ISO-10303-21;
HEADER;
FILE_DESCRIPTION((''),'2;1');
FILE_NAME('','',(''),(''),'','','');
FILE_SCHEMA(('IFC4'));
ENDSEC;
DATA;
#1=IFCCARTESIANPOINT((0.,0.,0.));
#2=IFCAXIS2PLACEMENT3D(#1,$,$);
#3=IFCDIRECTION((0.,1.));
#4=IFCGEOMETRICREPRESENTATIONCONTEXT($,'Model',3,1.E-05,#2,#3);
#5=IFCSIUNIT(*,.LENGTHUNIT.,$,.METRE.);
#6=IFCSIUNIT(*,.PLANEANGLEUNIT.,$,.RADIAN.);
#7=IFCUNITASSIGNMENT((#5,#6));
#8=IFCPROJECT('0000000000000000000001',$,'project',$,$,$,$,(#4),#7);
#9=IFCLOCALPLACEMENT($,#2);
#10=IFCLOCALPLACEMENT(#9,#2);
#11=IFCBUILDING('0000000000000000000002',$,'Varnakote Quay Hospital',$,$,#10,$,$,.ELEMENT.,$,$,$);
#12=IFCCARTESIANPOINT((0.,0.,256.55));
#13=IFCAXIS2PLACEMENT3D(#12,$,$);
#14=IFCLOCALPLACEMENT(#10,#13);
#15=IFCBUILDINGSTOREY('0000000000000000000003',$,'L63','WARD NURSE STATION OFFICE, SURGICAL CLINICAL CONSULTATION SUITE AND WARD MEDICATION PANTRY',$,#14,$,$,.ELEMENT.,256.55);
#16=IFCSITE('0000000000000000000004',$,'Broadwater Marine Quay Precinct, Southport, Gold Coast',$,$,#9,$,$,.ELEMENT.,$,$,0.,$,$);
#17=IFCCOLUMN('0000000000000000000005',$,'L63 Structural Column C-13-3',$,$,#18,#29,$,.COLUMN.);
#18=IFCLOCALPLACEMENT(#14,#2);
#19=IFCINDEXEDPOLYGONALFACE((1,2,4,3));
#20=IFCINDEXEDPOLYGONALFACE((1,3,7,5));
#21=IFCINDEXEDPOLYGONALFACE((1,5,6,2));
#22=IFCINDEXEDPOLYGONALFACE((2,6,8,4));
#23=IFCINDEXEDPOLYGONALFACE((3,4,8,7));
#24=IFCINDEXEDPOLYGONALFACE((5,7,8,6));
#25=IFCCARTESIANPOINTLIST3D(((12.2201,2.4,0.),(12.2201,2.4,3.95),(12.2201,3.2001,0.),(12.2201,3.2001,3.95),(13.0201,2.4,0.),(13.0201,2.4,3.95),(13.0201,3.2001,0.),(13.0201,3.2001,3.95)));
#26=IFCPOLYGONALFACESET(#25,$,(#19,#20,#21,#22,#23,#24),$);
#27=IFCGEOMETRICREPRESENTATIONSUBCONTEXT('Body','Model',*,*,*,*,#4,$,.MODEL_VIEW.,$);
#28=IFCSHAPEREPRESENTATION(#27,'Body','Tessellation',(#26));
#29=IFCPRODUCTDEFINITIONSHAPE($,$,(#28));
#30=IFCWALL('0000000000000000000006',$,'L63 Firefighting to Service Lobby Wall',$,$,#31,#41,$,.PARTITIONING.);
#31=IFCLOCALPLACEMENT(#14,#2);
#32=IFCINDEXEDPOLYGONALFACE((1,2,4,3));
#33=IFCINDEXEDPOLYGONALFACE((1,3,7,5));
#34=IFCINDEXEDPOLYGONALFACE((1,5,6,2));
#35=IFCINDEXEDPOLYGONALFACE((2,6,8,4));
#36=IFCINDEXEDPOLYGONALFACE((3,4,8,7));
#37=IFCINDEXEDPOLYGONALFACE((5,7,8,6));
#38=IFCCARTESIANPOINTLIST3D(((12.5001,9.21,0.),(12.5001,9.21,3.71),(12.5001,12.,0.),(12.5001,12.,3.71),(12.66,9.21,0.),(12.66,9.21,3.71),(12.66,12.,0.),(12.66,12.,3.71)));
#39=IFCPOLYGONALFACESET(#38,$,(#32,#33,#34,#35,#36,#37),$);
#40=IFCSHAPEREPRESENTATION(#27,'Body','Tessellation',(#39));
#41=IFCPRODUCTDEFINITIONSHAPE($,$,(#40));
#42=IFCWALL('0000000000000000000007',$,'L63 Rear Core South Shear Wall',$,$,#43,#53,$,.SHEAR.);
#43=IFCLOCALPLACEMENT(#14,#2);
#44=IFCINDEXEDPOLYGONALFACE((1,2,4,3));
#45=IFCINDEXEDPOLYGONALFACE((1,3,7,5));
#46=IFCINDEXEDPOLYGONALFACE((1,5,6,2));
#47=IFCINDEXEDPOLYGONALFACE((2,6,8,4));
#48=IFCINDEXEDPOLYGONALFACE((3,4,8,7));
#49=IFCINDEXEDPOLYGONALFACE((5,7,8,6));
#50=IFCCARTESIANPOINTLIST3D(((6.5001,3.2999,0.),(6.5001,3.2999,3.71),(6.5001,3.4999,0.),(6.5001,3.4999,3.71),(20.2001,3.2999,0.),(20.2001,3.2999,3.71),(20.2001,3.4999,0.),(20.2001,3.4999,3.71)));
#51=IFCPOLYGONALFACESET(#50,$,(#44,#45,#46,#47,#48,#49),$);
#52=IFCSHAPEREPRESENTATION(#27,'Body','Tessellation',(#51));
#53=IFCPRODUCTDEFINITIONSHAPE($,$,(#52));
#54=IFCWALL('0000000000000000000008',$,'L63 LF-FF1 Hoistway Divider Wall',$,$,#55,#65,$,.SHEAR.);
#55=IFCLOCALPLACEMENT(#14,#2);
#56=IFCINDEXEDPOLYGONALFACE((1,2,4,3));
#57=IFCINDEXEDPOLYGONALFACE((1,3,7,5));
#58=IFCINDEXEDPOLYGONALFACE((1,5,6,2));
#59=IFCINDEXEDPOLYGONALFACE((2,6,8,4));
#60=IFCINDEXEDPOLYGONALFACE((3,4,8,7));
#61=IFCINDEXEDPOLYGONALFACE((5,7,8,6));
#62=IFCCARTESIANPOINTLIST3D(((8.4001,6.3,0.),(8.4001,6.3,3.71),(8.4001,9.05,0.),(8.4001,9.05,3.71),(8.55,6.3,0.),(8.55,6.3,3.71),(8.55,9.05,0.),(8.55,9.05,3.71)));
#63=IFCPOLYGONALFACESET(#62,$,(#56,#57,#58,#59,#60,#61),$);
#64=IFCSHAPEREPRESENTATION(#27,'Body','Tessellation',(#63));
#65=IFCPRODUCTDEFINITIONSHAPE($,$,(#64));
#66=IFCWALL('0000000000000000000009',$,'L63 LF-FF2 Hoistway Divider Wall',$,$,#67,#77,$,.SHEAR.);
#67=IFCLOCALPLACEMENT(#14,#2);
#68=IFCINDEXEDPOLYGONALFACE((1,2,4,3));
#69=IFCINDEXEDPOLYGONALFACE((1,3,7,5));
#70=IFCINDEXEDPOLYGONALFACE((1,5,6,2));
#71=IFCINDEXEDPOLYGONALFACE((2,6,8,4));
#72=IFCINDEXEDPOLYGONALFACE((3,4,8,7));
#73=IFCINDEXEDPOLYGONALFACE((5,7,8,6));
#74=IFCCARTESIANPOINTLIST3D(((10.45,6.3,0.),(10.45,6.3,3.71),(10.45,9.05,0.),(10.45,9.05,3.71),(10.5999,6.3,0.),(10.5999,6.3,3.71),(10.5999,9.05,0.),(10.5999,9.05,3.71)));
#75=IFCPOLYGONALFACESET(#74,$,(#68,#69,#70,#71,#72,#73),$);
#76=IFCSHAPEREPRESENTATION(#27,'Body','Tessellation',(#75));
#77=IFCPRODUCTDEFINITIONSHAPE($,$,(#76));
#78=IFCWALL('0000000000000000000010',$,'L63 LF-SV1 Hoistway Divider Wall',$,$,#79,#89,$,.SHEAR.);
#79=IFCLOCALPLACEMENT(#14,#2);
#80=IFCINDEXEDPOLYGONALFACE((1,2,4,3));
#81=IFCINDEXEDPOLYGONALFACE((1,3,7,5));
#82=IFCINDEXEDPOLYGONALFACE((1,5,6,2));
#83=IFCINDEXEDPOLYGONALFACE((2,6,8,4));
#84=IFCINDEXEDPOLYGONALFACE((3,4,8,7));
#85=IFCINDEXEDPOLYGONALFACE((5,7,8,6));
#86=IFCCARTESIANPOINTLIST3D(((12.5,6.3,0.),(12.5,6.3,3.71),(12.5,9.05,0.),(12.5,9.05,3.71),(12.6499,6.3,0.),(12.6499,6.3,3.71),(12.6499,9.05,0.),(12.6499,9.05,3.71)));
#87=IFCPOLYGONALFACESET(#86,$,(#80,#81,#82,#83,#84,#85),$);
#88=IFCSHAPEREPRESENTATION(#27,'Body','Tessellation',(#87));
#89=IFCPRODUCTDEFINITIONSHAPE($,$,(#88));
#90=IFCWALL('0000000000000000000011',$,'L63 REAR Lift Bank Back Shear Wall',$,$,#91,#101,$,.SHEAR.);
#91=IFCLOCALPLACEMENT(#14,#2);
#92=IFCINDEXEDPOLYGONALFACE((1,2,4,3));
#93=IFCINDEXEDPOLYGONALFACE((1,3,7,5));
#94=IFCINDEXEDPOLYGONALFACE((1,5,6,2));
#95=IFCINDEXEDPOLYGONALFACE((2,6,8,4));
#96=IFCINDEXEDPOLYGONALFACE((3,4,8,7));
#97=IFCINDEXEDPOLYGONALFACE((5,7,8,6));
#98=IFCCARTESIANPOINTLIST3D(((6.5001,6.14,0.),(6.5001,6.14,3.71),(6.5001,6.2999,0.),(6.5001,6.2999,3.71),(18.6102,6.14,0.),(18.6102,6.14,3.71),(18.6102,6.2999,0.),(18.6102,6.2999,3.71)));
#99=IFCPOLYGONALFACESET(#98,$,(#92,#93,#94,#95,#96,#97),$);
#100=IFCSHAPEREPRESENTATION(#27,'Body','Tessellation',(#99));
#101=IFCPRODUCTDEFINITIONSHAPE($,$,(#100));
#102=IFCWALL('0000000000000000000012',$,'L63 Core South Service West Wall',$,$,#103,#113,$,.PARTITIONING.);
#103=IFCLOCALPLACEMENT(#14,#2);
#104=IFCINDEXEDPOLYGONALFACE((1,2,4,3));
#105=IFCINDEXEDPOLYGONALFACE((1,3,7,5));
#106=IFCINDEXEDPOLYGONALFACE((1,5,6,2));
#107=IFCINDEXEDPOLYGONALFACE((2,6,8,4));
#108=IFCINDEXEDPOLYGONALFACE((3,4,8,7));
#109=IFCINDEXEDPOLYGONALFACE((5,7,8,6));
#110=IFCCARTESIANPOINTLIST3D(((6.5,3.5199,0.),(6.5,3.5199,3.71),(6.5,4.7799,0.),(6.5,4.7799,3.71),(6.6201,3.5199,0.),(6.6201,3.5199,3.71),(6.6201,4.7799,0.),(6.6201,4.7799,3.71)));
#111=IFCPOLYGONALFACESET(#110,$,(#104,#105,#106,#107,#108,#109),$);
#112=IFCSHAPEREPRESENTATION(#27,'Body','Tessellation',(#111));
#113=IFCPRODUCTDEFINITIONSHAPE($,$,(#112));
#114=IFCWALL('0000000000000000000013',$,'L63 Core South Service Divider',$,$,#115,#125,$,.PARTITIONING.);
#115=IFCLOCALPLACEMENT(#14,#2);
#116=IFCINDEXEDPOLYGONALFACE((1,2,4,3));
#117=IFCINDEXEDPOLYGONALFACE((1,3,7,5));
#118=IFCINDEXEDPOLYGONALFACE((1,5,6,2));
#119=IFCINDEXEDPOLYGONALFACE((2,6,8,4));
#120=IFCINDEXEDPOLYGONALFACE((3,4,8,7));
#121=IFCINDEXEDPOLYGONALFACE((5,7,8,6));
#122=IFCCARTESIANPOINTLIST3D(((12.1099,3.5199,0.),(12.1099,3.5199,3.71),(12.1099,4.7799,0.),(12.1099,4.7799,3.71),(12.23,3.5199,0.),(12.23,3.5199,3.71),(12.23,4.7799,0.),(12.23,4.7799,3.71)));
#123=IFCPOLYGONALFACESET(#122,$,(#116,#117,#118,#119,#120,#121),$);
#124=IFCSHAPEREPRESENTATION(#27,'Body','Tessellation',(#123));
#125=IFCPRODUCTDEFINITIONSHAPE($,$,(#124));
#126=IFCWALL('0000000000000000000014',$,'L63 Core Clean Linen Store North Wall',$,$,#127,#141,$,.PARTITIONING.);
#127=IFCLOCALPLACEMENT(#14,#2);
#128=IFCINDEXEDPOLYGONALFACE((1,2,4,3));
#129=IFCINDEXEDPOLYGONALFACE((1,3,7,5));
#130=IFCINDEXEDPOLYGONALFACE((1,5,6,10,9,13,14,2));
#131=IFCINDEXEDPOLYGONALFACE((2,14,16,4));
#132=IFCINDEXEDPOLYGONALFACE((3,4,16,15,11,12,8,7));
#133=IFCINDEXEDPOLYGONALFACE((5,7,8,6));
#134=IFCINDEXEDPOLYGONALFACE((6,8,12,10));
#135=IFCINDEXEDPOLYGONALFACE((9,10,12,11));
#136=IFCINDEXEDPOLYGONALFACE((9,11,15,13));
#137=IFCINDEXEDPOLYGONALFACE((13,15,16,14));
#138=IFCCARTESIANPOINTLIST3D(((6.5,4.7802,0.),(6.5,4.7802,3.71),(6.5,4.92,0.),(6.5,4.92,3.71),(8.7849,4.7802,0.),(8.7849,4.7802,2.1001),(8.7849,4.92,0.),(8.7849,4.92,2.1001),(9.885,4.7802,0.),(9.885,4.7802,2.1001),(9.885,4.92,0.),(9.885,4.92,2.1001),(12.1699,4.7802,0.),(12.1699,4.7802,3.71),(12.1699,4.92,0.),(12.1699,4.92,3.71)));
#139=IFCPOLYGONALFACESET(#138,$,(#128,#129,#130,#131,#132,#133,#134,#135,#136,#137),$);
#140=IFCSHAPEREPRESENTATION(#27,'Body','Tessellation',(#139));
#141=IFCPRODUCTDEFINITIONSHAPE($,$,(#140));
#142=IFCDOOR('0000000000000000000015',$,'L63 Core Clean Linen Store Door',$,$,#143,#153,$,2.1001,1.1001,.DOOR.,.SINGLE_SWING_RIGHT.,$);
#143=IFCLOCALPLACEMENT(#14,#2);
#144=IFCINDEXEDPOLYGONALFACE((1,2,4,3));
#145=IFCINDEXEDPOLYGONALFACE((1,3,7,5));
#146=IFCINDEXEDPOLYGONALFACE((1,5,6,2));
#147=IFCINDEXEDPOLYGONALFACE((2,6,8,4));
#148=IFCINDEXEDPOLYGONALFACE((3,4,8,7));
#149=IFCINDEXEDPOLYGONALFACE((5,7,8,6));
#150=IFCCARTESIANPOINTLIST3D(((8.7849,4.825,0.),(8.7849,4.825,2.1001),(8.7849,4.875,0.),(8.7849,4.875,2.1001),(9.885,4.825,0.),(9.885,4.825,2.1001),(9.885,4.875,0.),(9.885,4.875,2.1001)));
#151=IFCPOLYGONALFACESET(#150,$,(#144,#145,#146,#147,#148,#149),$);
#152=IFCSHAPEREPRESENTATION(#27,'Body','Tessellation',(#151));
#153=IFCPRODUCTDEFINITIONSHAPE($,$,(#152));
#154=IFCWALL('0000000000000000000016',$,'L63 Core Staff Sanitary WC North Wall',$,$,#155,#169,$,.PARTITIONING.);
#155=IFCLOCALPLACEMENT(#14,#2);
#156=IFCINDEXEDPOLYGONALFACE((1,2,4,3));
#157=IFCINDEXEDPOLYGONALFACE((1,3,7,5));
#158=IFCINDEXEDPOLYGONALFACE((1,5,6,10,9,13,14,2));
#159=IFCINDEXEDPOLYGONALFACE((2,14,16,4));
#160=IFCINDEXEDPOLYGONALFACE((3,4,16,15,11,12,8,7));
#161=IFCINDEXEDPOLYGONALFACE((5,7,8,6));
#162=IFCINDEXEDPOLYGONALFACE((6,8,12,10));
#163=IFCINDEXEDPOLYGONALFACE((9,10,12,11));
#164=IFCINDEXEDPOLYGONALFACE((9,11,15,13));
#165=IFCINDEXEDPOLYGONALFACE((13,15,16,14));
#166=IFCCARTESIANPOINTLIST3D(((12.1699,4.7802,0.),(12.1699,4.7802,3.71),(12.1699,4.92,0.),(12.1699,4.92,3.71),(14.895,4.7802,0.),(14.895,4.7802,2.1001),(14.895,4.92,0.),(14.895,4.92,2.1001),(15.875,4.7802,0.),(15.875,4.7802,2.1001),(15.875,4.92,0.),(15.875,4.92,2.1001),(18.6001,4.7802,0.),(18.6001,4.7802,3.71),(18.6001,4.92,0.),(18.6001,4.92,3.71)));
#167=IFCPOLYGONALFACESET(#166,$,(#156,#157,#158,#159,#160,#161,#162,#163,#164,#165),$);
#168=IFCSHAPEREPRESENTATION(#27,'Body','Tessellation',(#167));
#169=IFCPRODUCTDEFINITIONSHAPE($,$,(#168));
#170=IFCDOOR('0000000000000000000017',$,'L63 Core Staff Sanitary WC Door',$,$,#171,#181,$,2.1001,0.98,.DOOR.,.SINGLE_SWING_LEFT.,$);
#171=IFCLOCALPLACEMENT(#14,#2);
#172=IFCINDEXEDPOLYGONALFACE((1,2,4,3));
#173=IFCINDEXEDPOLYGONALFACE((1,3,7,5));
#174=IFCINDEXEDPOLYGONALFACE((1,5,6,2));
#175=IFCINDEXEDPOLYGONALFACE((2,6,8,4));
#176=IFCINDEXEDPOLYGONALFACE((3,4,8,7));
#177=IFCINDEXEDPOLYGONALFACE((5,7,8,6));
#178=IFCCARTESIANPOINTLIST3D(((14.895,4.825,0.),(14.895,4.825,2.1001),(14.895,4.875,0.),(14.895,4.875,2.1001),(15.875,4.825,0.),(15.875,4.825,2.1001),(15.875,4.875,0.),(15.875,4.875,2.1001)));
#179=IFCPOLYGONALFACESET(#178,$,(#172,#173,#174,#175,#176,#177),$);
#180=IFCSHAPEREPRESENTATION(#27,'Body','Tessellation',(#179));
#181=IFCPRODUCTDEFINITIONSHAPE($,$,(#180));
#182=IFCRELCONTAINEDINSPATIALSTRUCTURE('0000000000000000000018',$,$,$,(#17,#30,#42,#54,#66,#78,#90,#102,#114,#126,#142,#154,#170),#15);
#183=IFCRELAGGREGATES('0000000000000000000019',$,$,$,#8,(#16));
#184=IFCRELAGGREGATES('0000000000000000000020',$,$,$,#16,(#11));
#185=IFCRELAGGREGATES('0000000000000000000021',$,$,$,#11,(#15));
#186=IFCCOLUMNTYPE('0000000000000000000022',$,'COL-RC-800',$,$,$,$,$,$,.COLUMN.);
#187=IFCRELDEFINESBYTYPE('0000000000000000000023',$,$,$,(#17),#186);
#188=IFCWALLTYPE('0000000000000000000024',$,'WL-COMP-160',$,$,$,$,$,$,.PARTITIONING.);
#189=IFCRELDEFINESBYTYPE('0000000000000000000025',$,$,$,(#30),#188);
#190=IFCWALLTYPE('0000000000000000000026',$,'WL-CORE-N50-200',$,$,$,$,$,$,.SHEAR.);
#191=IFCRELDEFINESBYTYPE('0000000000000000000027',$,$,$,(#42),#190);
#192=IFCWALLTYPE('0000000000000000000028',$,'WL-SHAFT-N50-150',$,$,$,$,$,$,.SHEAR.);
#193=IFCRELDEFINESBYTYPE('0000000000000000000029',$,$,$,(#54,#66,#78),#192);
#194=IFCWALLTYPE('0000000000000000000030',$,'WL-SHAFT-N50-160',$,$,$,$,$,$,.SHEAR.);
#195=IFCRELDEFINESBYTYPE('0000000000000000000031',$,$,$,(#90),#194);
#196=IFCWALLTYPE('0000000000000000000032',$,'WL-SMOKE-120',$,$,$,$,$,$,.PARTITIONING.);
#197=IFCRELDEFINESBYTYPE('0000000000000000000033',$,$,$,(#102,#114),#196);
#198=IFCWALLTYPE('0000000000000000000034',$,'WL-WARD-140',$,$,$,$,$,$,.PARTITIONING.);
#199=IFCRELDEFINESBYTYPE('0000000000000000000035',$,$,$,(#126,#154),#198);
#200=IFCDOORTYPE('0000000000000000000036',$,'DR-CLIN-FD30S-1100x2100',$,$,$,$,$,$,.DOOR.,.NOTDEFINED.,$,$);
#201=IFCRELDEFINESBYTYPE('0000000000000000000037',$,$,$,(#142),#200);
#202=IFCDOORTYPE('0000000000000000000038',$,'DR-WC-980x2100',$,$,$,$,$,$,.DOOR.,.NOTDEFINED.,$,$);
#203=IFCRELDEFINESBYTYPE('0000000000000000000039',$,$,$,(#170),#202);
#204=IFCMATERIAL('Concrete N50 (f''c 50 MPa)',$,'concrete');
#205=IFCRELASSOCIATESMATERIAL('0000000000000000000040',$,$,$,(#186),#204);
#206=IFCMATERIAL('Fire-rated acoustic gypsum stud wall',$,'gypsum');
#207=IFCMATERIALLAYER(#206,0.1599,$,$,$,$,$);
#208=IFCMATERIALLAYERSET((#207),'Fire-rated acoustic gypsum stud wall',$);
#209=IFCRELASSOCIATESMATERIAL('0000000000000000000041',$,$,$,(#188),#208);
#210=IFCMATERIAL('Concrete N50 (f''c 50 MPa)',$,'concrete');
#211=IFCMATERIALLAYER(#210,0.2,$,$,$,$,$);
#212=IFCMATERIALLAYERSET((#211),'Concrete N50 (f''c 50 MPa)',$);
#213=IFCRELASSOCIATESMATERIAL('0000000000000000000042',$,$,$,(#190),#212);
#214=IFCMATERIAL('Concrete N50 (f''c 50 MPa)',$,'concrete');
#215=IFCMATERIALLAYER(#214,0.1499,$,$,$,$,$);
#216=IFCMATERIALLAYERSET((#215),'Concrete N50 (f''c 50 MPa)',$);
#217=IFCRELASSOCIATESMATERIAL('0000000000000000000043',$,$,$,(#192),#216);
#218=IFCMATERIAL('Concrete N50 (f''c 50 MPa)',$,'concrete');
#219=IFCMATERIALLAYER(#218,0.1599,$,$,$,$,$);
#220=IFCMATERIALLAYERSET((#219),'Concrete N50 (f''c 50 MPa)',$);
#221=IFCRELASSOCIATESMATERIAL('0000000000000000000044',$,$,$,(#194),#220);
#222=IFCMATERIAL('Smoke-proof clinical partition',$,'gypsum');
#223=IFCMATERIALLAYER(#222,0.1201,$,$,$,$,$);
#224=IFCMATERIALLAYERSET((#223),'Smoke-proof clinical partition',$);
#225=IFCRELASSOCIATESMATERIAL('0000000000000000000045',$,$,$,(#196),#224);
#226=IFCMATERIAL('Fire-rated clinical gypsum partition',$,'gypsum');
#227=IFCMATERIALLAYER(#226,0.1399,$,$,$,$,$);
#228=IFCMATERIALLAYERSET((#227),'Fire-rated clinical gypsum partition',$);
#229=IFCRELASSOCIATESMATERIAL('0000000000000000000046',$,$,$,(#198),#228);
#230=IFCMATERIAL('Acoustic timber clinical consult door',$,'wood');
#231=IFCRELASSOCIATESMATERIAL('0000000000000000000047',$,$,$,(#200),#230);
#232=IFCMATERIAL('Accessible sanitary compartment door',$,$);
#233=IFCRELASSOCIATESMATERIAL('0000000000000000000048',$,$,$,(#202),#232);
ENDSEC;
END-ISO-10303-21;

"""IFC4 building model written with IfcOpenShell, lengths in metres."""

from ifc_helpers import new_model, si_unit, direction, frame, frame_2d, origin, origin_2d, place, context, subcontext, project, spatial, rectangle, extrude, material, layer, layer_set, material_profile, profile_set, type_object, element, fill, save


model = new_model("IFC4")

# Units and contexts
model_context = context("Model", 3, precision=1e-05, world=origin(), true_north=direction((0.0, 1.0)))
body_context = subcontext(model_context, "Body", "Model", "MODEL_VIEW")
ifc_project = project(units=[si_unit("LENGTHUNIT", "METRE"), si_unit("PLANEANGLEUNIT", "RADIAN")], contexts=[model_context])

# Site, building, storey
site_placement = place(None, origin())
site = spatial("IfcSite", under=ifc_project, at=site_placement, Name="Broadwater Marine Quay Precinct, Southport, Gold Coast", CompositionType="ELEMENT", RefElevation=0.0)
building_placement = place(site_placement, origin())
building = spatial("IfcBuilding", under=site, at=building_placement, Name="Varnakote Quay Hospital", CompositionType="ELEMENT")
storey_placement = place(building_placement, frame((0.0, 0.0, 256.55)))
storey = spatial("IfcBuildingStorey", under=building, at=storey_placement, Name="L63", Description="WARD NURSE STATION OFFICE, SURGICAL CLINICAL CONSULTATION SUITE AND WARD MEDICATION PANTRY", CompositionType="ELEMENT", Elevation=256.55)

# Column
ifc_material_1 = material(Name="Concrete N50 (f'c 50 MPa)", Category="concrete")
ifc_material_profile = material_profile(ifc_material_1, rectangle(XDim=0.8, YDim=0.8, at=origin_2d()), Name="RC-COL-800x800")
ifc_profile_set = profile_set([ifc_material_profile], Name="Concrete N50 (f'c 50 MPa)")
column_type = type_object("IfcColumnType", Name="COL-RC-800", PredefinedType="COLUMN", material=ifc_profile_set)
column_placement = place(storey_placement, frame((12.6201, 2.8, 0.0), z_axis=(0.0, 0.0, 1.0), x_axis=(1.0, 0.0, 0.0)))
element("IfcColumn", 1, at=column_placement, inside=storey, type_object=column_type, Name="L63 Structural Column C-13-3", PredefinedType="COLUMN", context=body_context, shape_type="SweptSolid", body=[
    extrude(rectangle(XDim=0.8, YDim=0.8, at=origin_2d()), origin(), (0.0, 0.0, 1.0), 3.95),
])

# Walls
ifc_material_2 = material(Name="Fire-rated acoustic gypsum stud wall", Category="gypsum")
ifc_layer_1 = layer(ifc_material_2, 0.1599)
ifc_layer_set_1 = layer_set([ifc_layer_1], Name="Fire-rated acoustic gypsum stud wall")
wall_type_1 = type_object("IfcWallType", Name="WL-COMP-160", PredefinedType="PARTITIONING", material=ifc_layer_set_1)
wall_1_placement = place(storey_placement, frame((12.5801, 9.21, 0.0), z_axis=(0.0, 0.0, 1.0), x_axis=(0.0, 1.0, 0.0)))
element("IfcWall", 2, at=wall_1_placement, inside=storey, type_object=wall_type_1, Name="L63 Firefighting to Service Lobby Wall", PredefinedType="PARTITIONING", context=body_context, shape_type="SweptSolid", body=[
    extrude(rectangle(XDim=2.79, YDim=0.1599, at=frame_2d((1.395, 0.0))), origin(), (0.0, 0.0, 1.0), 3.71),
])
ifc_material_3 = material(Name="Concrete N50 (f'c 50 MPa)", Category="concrete")
ifc_layer_2 = layer(ifc_material_3, 0.2)
ifc_layer_set_2 = layer_set([ifc_layer_2], Name="Concrete N50 (f'c 50 MPa)")
wall_type_2 = type_object("IfcWallType", Name="WL-CORE-N50-200", PredefinedType="SHEAR", material=ifc_layer_set_2)
wall_2_placement = place(storey_placement, frame((6.5, 3.3999, 0.0), z_axis=(0.0, 0.0, 1.0), x_axis=(1.0, 0.0, 0.0)))
element("IfcWall", 3, at=wall_2_placement, inside=storey, type_object=wall_type_2, Name="L63 Rear Core South Shear Wall", PredefinedType="SHEAR", context=body_context, shape_type="SweptSolid", body=[
    extrude(rectangle(XDim=13.7, YDim=0.2, at=frame_2d((6.8501, 0.0))), origin(), (0.0, 0.0, 1.0), 3.71),
])
ifc_material_4 = material(Name="Concrete N50 (f'c 50 MPa)", Category="concrete")
ifc_layer_3 = layer(ifc_material_4, 0.1499)
ifc_layer_set_3 = layer_set([ifc_layer_3], Name="Concrete N50 (f'c 50 MPa)")
wall_type_3 = type_object("IfcWallType", Name="WL-SHAFT-N50-150", PredefinedType="SHEAR", material=ifc_layer_set_3)
for number, where, z_axis, x_axis, name in (
    (4, (8.4751, 6.3, 0.0), (0.0, 0.0, 1.0), (0.0, 1.0, 0.0), "L63 LF-FF1 Hoistway Divider Wall"),
    (5, (10.5249, 6.3, 0.0), (0.0, 0.0, 1.0), (0.0, 1.0, 0.0), "L63 LF-FF2 Hoistway Divider Wall"),
    (6, (12.575, 6.3, 0.0), (0.0, 0.0, 1.0), (0.0, 1.0, 0.0), "L63 LF-SV1 Hoistway Divider Wall"),
):
    element("IfcWall", number, at=place(storey_placement, frame(where, z_axis=z_axis, x_axis=x_axis)), inside=storey, type_object=wall_type_3, Name=name, PredefinedType="SHEAR", context=body_context, shape_type="SweptSolid", body=[
        extrude(rectangle(XDim=2.75, YDim=0.1499, at=frame_2d((1.375, 0.0))), origin(), (0.0, 0.0, 1.0), 3.71),
    ])
ifc_material_5 = material(Name="Concrete N50 (f'c 50 MPa)", Category="concrete")
ifc_layer_4 = layer(ifc_material_5, 0.1599)
ifc_layer_set_4 = layer_set([ifc_layer_4], Name="Concrete N50 (f'c 50 MPa)")
wall_type_4 = type_object("IfcWallType", Name="WL-SHAFT-N50-160", PredefinedType="SHEAR", material=ifc_layer_set_4)
wall_3_placement = place(storey_placement, frame((6.5, 6.22, 0.0), z_axis=(0.0, 0.0, 1.0), x_axis=(1.0, 0.0, 0.0)))
element("IfcWall", 7, at=wall_3_placement, inside=storey, type_object=wall_type_4, Name="L63 REAR Lift Bank Back Shear Wall", PredefinedType="SHEAR", context=body_context, shape_type="SweptSolid", body=[
    extrude(rectangle(XDim=12.1101, YDim=0.1599, at=frame_2d((6.0552, 0.0))), origin(), (0.0, 0.0, 1.0), 3.71),
])

# Walls
ifc_material_6 = material(Name="Smoke-proof clinical partition", Category="gypsum")
ifc_layer_5 = layer(ifc_material_6, 0.1201)
ifc_layer_set_5 = layer_set([ifc_layer_5], Name="Smoke-proof clinical partition")
wall_type_5 = type_object("IfcWallType", Name="WL-SMOKE-120", PredefinedType="PARTITIONING", material=ifc_layer_set_5)
for number, where, z_axis, x_axis, name in (
    (8, (6.5601, 3.52, 0.0), (0.0, 0.0, 1.0), (0.0, 1.0, 0.0), "L63 Core South Service West Wall"),
    (9, (12.1699, 3.52, 0.0), (0.0, 0.0, 1.0), (0.0, 1.0, 0.0), "L63 Core South Service Divider"),
):
    element("IfcWall", number, at=place(storey_placement, frame(where, z_axis=z_axis, x_axis=x_axis)), inside=storey, type_object=wall_type_5, Name=name, PredefinedType="PARTITIONING", context=body_context, shape_type="SweptSolid", body=[
        extrude(rectangle(XDim=1.26, YDim=0.1201, at=frame_2d((0.6299, 0.0))), origin(), (0.0, 0.0, 1.0), 3.71),
    ])

# Walls, openings, doors
ifc_material_7 = material(Name="Fire-rated clinical gypsum partition", Category="gypsum")
ifc_layer_6 = layer(ifc_material_7, 0.1399)
ifc_layer_set_6 = layer_set([ifc_layer_6], Name="Fire-rated clinical gypsum partition")
wall_type_6 = type_object("IfcWallType", Name="WL-WARD-140", PredefinedType="PARTITIONING", material=ifc_layer_set_6)
wall_4_placement = place(storey_placement, frame((6.5, 4.8501, 0.0), z_axis=(0.0, 0.0, 1.0), x_axis=(1.0, 0.0, 0.0)))
wall_4 = element("IfcWall", 10, at=wall_4_placement, inside=storey, type_object=wall_type_6, Name="L63 Core Clean Linen Store North Wall", PredefinedType="PARTITIONING", context=body_context, shape_type="SweptSolid", body=[
    extrude(rectangle(XDim=5.6699, YDim=0.1399, at=frame_2d((2.835, 0.0))), origin(), (0.0, 0.0, 1.0), 3.71),
])
opening_1_placement = place(wall_4_placement, frame((2.2849, 0.0, 0.0)))
opening_1 = element("IfcOpeningElement", 11, at=opening_1_placement, cuts=wall_4, PredefinedType="OPENING", context=body_context, shape_type="SweptSolid", body=[
    extrude(rectangle(XDim=1.1001, YDim=2.1001, at=frame_2d((0.55, 1.05))), frame((0.0, 0.0798, 0.0), z_axis=(0.0, -1.0, 0.0), x_axis=(1.0, 0.0, 0.0)), (0.0, 0.0, 1.0), 0.1599),
])
ifc_material_8 = material(Name="Acoustic timber clinical consult door", Category="wood")
door_type_1 = type_object("IfcDoorType", Name="DR-CLIN-FD30S-1100x2100", OperationType="NOTDEFINED", PredefinedType="DOOR", material=ifc_material_8)
door_1_placement = place(opening_1_placement, origin())
door_1 = element("IfcDoor", 12, at=door_1_placement, inside=storey, type_object=door_type_1, Name="L63 Core Clean Linen Store Door", OperationType="SINGLE_SWING_RIGHT", OverallHeight=2.1001, OverallWidth=1.1001, PredefinedType="DOOR", context=body_context, shape_type="SweptSolid", body=[
    extrude(rectangle(XDim=1.1001, YDim=2.1001, at=frame_2d((0.55, 1.05))), frame((0.0, 0.0249, 0.0), z_axis=(0.0, -1.0, 0.0), x_axis=(1.0, 0.0, 0.0)), (0.0, 0.0, 1.0), 0.05),
])
fill(opening_1, door_1)
wall_5_placement = place(storey_placement, frame((12.1699, 4.8501, 0.0), z_axis=(0.0, 0.0, 1.0), x_axis=(1.0, 0.0, 0.0)))
wall_5 = element("IfcWall", 13, at=wall_5_placement, inside=storey, type_object=wall_type_6, Name="L63 Core Staff Sanitary WC North Wall", PredefinedType="PARTITIONING", context=body_context, shape_type="SweptSolid", body=[
    extrude(rectangle(XDim=6.4302, YDim=0.1399, at=frame_2d((3.2151, 0.0))), origin(), (0.0, 0.0, 1.0), 3.71),
])
opening_2_placement = place(wall_5_placement, frame((2.7251, 0.0, 0.0)))
opening_2 = element("IfcOpeningElement", 14, at=opening_2_placement, cuts=wall_5, PredefinedType="OPENING", context=body_context, shape_type="SweptSolid", body=[
    extrude(rectangle(XDim=0.98, YDim=2.1001, at=frame_2d((0.49, 1.05))), frame((0.0, 0.0798, 0.0), z_axis=(0.0, -1.0, 0.0), x_axis=(1.0, 0.0, 0.0)), (0.0, 0.0, 1.0), 0.1599),
])
ifc_material_9 = material(Name="Accessible sanitary compartment door")
door_type_2 = type_object("IfcDoorType", Name="DR-WC-980x2100", OperationType="NOTDEFINED", PredefinedType="DOOR", material=ifc_material_9)
door_2_placement = place(opening_2_placement, origin())
door_2 = element("IfcDoor", 15, at=door_2_placement, inside=storey, type_object=door_type_2, Name="L63 Core Staff Sanitary WC Door", OperationType="SINGLE_SWING_LEFT", OverallHeight=2.1001, OverallWidth=0.98, PredefinedType="DOOR", context=body_context, shape_type="SweptSolid", body=[
    extrude(rectangle(XDim=0.98, YDim=2.1001, at=frame_2d((0.49, 1.05))), frame((0.0, 0.0249, 0.0), z_axis=(0.0, -1.0, 0.0), x_axis=(1.0, 0.0, 0.0)), (0.0, 0.0, 1.0), 0.05),
])
fill(opening_2, door_2)

save(model, "model.ifc")
